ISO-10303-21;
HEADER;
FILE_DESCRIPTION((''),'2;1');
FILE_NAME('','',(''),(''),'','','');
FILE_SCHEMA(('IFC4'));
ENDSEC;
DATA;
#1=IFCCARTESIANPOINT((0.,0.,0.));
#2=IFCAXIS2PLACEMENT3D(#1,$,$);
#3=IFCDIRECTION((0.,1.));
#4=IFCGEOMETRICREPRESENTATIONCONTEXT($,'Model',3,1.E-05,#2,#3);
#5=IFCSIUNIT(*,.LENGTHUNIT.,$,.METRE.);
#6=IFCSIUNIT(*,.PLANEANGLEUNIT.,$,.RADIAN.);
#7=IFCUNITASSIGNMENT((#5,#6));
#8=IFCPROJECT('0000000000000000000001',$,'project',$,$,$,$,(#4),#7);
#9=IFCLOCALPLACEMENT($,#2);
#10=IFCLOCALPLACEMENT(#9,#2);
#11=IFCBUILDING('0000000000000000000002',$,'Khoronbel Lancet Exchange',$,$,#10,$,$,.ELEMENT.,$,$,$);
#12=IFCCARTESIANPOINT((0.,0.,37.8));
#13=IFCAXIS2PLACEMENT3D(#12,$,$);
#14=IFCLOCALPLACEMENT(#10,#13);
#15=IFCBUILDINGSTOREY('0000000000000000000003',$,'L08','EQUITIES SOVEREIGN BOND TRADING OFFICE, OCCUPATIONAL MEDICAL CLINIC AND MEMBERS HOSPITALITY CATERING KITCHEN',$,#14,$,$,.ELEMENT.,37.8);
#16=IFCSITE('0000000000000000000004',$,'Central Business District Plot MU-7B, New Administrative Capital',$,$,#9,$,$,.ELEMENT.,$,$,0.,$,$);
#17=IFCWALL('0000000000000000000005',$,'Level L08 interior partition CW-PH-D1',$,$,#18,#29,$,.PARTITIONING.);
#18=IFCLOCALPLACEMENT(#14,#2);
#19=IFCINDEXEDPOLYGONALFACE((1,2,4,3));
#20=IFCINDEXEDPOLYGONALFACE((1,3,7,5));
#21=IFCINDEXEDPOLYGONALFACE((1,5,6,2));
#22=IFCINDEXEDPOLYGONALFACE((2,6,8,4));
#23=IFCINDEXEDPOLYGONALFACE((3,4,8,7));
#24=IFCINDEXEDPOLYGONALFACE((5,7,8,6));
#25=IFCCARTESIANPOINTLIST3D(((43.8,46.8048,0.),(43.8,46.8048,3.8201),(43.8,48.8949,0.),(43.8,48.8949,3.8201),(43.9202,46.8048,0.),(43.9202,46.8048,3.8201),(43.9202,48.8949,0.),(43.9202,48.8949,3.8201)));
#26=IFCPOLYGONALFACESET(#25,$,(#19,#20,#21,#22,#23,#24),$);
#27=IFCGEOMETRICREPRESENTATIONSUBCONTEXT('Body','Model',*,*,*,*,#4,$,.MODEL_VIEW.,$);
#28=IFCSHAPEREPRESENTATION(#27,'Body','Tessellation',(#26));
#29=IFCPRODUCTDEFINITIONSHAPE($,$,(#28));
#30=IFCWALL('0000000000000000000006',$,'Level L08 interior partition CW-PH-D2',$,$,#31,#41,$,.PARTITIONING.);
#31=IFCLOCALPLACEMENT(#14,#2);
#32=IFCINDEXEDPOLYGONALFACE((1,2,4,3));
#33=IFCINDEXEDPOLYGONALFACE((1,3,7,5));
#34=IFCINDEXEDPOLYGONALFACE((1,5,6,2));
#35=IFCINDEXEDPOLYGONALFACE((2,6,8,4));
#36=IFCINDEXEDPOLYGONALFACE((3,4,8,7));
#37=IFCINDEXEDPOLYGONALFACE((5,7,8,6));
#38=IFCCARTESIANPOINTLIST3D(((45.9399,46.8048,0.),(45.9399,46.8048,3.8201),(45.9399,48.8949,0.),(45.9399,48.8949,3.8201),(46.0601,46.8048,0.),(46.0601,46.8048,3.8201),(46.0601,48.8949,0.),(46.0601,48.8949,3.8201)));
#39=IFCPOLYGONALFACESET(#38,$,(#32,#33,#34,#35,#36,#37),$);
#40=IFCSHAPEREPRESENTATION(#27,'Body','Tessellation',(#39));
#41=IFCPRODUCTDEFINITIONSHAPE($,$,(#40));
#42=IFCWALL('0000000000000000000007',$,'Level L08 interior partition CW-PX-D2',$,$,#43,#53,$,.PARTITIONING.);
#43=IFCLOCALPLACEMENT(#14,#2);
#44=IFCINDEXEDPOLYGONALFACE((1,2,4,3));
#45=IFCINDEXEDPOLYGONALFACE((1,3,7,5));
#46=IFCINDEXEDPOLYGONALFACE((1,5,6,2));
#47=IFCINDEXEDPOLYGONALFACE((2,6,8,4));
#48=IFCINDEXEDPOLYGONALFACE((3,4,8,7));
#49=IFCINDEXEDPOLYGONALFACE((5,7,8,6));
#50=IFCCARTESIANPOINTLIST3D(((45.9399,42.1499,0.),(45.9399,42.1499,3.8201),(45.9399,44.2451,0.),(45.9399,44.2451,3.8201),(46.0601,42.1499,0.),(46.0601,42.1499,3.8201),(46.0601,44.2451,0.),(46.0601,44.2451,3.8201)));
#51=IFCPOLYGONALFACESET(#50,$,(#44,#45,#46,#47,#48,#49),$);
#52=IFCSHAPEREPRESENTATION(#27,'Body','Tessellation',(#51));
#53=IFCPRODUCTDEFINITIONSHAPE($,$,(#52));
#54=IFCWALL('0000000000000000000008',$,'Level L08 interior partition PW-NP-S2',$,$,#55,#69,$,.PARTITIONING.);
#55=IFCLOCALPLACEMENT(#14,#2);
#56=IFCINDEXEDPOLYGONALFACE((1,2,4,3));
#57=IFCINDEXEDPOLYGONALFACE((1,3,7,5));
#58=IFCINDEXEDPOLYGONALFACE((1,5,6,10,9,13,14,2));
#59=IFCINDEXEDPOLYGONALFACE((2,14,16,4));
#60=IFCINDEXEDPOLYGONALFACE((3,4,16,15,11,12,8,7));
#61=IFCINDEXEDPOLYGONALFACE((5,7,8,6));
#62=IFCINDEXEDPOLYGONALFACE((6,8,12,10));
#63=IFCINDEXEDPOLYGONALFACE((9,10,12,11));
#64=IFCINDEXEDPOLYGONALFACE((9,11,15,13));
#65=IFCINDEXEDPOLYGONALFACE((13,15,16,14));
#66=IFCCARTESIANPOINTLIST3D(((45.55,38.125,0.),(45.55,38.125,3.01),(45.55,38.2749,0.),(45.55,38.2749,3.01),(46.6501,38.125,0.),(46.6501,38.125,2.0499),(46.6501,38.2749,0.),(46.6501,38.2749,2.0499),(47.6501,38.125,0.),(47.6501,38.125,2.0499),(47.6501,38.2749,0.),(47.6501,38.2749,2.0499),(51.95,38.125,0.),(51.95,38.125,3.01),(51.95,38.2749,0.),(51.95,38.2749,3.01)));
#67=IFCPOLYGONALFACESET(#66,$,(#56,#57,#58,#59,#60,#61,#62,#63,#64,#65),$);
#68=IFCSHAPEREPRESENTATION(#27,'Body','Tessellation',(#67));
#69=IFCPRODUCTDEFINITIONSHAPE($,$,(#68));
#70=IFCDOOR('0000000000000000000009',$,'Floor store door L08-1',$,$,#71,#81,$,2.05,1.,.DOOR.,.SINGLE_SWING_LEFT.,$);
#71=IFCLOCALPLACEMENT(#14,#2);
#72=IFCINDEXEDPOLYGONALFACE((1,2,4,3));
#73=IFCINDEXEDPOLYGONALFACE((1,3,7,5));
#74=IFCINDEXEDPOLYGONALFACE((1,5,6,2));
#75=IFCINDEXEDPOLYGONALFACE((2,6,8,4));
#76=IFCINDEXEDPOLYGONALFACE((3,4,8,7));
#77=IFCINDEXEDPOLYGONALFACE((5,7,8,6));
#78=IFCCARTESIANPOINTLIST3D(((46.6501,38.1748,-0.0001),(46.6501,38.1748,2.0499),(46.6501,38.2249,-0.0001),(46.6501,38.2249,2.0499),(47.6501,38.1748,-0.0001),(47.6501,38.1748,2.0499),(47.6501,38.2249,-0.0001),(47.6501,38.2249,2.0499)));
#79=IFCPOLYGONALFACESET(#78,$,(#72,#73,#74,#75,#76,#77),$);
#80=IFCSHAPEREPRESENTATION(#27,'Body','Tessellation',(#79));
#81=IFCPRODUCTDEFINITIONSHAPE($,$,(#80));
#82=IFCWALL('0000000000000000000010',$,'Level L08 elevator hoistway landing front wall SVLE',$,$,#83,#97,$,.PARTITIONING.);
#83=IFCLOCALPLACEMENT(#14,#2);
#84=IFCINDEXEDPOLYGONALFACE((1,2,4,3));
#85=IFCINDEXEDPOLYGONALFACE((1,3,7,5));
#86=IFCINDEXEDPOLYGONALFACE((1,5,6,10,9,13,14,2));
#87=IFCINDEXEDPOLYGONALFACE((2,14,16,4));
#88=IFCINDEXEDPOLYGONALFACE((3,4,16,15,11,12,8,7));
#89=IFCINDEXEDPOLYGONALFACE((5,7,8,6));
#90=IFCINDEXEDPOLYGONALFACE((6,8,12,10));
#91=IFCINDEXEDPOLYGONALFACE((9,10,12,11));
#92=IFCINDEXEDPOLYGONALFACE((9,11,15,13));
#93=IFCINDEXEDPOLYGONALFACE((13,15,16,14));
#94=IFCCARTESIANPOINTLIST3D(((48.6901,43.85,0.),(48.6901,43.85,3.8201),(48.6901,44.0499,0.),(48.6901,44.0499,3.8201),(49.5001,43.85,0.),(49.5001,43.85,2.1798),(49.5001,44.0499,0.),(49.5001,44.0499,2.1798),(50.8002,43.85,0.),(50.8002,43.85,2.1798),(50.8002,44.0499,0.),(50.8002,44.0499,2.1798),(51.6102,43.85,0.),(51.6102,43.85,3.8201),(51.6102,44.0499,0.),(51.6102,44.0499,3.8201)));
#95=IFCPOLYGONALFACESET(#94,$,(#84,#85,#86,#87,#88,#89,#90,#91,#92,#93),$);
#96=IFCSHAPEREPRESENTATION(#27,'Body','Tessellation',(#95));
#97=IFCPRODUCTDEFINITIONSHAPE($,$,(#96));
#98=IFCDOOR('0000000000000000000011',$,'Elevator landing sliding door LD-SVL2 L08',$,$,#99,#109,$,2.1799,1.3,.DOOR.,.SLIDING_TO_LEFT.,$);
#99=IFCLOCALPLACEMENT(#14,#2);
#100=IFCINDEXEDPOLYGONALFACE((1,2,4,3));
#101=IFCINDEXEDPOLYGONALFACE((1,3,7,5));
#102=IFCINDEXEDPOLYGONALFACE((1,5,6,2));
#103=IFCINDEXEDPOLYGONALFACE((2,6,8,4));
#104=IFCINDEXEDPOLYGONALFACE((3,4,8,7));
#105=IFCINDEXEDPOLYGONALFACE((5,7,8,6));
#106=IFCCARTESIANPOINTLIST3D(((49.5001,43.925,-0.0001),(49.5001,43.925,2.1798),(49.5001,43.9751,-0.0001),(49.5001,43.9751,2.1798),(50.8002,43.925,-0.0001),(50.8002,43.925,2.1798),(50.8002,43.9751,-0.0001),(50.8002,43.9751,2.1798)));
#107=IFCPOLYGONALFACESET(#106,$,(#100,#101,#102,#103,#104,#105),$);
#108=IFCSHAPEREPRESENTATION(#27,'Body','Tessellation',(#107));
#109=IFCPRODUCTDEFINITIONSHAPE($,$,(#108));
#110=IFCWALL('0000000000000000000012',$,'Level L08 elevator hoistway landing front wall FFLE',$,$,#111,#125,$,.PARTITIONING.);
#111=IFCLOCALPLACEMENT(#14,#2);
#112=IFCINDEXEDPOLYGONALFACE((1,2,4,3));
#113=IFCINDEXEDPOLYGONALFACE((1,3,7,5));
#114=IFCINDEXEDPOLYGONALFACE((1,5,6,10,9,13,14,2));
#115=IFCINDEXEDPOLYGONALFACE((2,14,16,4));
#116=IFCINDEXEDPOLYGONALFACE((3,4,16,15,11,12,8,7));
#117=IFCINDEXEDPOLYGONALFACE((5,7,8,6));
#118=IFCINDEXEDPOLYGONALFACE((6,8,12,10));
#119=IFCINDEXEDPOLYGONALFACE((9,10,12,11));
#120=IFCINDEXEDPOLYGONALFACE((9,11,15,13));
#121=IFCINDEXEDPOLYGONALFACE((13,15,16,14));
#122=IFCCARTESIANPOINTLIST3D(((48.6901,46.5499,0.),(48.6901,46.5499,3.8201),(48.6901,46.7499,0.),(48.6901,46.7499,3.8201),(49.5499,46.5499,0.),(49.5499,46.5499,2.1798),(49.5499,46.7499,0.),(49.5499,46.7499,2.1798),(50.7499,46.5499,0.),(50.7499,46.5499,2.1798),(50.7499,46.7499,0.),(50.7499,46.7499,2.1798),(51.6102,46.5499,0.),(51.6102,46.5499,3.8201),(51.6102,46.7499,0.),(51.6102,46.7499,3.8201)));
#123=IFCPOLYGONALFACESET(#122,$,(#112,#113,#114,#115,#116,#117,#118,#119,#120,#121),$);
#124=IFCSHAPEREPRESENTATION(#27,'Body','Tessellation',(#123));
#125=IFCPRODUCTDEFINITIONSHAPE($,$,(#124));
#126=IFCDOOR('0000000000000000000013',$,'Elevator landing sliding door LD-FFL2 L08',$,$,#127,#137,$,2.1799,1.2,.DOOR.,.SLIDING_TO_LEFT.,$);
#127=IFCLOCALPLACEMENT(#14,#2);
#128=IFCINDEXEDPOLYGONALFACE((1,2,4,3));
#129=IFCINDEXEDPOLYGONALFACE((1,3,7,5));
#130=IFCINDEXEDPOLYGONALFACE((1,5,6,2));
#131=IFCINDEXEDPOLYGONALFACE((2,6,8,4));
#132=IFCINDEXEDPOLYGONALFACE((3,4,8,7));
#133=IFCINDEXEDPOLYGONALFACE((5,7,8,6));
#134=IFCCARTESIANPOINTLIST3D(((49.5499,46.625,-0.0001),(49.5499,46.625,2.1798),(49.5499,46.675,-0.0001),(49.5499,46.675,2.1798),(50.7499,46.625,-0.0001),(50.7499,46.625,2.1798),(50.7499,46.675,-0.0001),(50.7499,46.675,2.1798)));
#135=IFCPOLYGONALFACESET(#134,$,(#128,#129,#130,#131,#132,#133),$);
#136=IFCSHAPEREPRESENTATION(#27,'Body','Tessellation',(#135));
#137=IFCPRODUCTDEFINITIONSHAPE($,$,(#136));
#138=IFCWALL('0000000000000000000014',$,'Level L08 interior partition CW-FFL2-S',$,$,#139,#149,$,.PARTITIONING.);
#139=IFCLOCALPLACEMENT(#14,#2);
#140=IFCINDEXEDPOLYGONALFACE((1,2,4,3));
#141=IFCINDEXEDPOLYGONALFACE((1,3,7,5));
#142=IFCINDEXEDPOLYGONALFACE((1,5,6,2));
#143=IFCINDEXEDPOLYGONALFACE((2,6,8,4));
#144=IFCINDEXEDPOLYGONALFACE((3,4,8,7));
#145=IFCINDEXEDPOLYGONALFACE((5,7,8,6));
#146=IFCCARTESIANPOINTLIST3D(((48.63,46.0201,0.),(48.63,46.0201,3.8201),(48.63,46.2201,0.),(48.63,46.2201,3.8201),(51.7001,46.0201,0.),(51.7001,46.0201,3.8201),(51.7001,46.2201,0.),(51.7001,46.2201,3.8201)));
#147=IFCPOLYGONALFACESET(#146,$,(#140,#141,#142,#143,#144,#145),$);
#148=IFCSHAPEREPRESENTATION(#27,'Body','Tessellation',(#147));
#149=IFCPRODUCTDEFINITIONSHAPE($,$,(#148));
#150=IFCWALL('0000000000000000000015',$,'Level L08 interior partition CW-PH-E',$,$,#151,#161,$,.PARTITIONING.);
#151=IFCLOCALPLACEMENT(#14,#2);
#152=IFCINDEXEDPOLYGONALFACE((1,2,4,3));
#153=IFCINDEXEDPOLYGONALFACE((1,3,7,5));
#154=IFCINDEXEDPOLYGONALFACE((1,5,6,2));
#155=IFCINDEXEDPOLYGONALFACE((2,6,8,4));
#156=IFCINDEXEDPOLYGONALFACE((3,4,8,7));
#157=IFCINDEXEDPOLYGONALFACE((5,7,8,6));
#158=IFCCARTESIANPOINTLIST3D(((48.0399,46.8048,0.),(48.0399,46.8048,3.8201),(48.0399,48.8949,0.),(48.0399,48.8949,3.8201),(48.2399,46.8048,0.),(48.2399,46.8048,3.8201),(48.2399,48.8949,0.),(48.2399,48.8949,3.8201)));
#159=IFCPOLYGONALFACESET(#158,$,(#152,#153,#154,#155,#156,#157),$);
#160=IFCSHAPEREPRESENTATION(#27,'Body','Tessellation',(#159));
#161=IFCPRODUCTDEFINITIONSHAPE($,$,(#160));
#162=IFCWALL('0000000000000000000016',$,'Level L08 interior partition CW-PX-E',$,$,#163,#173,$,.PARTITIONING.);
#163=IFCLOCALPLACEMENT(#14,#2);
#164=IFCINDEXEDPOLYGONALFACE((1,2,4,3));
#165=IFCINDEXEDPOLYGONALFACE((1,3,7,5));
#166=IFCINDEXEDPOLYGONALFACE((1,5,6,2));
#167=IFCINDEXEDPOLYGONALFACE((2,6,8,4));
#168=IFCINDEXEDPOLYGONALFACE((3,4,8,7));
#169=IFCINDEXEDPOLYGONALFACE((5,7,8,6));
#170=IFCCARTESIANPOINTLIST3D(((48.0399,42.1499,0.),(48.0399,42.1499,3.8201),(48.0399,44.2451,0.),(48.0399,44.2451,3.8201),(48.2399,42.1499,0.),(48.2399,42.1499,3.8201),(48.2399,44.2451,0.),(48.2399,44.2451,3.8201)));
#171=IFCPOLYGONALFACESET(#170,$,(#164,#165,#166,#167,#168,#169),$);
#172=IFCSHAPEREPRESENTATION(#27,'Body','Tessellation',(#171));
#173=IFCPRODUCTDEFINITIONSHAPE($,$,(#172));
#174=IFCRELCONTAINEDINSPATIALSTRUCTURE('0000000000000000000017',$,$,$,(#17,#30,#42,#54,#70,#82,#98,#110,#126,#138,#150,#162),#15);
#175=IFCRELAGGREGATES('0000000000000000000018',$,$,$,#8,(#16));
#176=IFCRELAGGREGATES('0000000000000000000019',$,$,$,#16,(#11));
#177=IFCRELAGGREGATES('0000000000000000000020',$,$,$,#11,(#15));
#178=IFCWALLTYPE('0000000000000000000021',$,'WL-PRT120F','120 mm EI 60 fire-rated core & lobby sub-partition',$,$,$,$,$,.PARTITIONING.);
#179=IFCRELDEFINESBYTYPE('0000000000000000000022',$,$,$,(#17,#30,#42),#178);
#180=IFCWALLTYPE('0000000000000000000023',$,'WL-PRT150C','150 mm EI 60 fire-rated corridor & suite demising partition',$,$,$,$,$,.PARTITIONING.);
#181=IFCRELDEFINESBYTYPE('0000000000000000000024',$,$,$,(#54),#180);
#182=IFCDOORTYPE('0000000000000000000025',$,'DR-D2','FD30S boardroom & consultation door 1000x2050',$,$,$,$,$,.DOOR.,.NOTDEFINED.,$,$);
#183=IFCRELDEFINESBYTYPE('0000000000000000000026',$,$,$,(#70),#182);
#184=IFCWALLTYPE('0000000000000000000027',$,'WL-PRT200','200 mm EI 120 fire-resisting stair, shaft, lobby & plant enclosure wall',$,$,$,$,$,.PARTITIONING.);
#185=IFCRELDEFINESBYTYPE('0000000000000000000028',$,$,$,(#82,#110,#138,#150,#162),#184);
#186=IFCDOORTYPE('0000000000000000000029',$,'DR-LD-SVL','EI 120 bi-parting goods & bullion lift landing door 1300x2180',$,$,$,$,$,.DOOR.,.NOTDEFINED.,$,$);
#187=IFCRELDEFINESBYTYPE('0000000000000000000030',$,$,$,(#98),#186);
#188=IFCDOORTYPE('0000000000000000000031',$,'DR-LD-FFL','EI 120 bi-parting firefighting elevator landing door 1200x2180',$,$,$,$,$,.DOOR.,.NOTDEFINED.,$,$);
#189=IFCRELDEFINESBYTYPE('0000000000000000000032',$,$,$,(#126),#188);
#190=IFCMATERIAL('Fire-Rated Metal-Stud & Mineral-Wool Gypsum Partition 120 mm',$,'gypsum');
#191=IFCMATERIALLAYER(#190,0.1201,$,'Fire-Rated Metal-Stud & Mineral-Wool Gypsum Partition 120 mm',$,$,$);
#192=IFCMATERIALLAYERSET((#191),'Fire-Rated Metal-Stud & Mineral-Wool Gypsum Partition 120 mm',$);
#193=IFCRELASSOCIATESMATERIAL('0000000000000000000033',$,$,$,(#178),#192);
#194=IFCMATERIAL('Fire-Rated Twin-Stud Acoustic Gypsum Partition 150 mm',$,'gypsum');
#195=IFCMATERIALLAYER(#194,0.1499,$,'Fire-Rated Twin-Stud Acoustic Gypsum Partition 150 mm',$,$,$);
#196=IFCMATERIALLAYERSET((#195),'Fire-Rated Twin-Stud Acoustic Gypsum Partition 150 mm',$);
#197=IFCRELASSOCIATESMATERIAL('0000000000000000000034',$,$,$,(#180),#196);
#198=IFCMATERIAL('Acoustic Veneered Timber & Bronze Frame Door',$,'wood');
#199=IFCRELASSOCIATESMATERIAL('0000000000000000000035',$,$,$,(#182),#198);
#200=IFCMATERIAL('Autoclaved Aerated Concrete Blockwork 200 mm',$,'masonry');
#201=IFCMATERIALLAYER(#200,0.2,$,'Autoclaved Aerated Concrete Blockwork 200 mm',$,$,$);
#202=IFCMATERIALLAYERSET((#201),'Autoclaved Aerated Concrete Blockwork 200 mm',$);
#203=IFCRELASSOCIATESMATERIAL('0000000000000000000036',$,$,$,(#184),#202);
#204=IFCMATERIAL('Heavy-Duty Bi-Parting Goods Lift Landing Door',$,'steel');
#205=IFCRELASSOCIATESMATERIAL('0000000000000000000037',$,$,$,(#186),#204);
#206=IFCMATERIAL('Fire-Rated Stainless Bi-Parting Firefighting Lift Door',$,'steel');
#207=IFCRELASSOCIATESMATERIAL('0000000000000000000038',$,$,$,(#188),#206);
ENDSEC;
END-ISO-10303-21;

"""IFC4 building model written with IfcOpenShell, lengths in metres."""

from ifc_helpers import new_model, si_unit, direction, frame, frame_2d, origin, place, context, subcontext, project, spatial, rectangle, extrude, material, layer, layer_set, type_object, element, fill, save


model = new_model("IFC4")

# Units and contexts
model_context = context("Model", 3, precision=1e-05, world=origin(), true_north=direction((0.0, 1.0)))
body_context = subcontext(model_context, "Body", "Model", "MODEL_VIEW")
ifc_project = project(units=[si_unit("LENGTHUNIT", "METRE"), si_unit("PLANEANGLEUNIT", "RADIAN")], contexts=[model_context])

# Site, building, storey
site_placement = place(None, origin())
site = spatial("IfcSite", under=ifc_project, at=site_placement, Name="Central Business District Plot MU-7B, New Administrative Capital", CompositionType="ELEMENT", RefElevation=0.0)
building_placement = place(site_placement, origin())
building = spatial("IfcBuilding", under=site, at=building_placement, Name="Khoronbel Lancet Exchange", CompositionType="ELEMENT")
storey_placement = place(building_placement, frame((0.0, 0.0, 37.8)))
storey = spatial("IfcBuildingStorey", under=building, at=storey_placement, Name="L08", Description="EQUITIES SOVEREIGN BOND TRADING OFFICE, OCCUPATIONAL MEDICAL CLINIC AND MEMBERS HOSPITALITY CATERING KITCHEN", CompositionType="ELEMENT", Elevation=37.8)

# Walls
ifc_material_1 = material(Name="Fire-Rated Metal-Stud & Mineral-Wool Gypsum Partition 120 mm", Category="gypsum")
ifc_layer_1 = layer(ifc_material_1, 0.1201, Name="Fire-Rated Metal-Stud & Mineral-Wool Gypsum Partition 120 mm")
ifc_layer_set_1 = layer_set([ifc_layer_1], Name="Fire-Rated Metal-Stud & Mineral-Wool Gypsum Partition 120 mm")
wall_type_1 = type_object("IfcWallType", Name="WL-PRT120F", Description="120 mm EI 60 fire-rated core & lobby sub-partition", PredefinedType="PARTITIONING", material=ifc_layer_set_1)
for number, where, z_axis, x_axis, name in (
    (1, (43.8601, 46.8049, 0.0), (0.0, 0.0, 1.0), (0.0, 1.0, 0.0), "Level L08 interior partition CW-PH-D1"),
    (2, (46.0, 46.8049, 0.0), (0.0, 0.0, 1.0), (0.0, 1.0, 0.0), "Level L08 interior partition CW-PH-D2"),
):
    element("IfcWall", number, at=place(storey_placement, frame(where, z_axis=z_axis, x_axis=x_axis)), inside=storey, type_object=wall_type_1, Name=name, PredefinedType="PARTITIONING", context=body_context, shape_type="SweptSolid", body=[
        extrude(rectangle(XDim=2.0901, YDim=0.1201, at=frame_2d((1.0449, 0.0))), origin(), (0.0, 0.0, 1.0), 3.8201),
    ])
wall_1_placement = place(storey_placement, frame((46.0, 42.1499, 0.0), z_axis=(0.0, 0.0, 1.0), x_axis=(0.0, 1.0, 0.0)))
element("IfcWall", 3, at=wall_1_placement, inside=storey, type_object=wall_type_1, Name="Level L08 interior partition CW-PX-D2", PredefinedType="PARTITIONING", context=body_context, shape_type="SweptSolid", body=[
    extrude(rectangle(XDim=2.0952, YDim=0.1201, at=frame_2d((1.0476, 0.0))), origin(), (0.0, 0.0, 1.0), 3.8201),
])

# Walls, openings, doors
ifc_material_2 = material(Name="Fire-Rated Twin-Stud Acoustic Gypsum Partition 150 mm", Category="gypsum")
ifc_layer_2 = layer(ifc_material_2, 0.1499, Name="Fire-Rated Twin-Stud Acoustic Gypsum Partition 150 mm")
ifc_layer_set_2 = layer_set([ifc_layer_2], Name="Fire-Rated Twin-Stud Acoustic Gypsum Partition 150 mm")
wall_type_2 = type_object("IfcWallType", Name="WL-PRT150C", Description="150 mm EI 60 fire-rated corridor & suite demising partition", PredefinedType="PARTITIONING", material=ifc_layer_set_2)
wall_2_placement = place(storey_placement, frame((45.55, 38.2, 0.0), z_axis=(0.0, 0.0, 1.0), x_axis=(1.0, 0.0, 0.0)))
wall_2 = element("IfcWall", 4, at=wall_2_placement, inside=storey, type_object=wall_type_2, Name="Level L08 interior partition PW-NP-S2", PredefinedType="PARTITIONING", context=body_context, shape_type="SweptSolid", body=[
    extrude(rectangle(XDim=6.3999, YDim=0.1499, at=frame_2d((3.2, 0.0))), origin(), (0.0, 0.0, 1.0), 3.01),
])
opening_1_placement = place(wall_2_placement, frame((1.1001, 0.0, 0.0)))
opening_1 = element("IfcOpeningElement", 5, at=opening_1_placement, cuts=wall_2, PredefinedType="OPENING", context=body_context, shape_type="SweptSolid", body=[
    extrude(rectangle(XDim=1.0, YDim=2.05, at=frame_2d((0.5, 1.0249))), frame((0.0, 0.085, 0.0), z_axis=(0.0, -1.0, 0.0), x_axis=(1.0, 0.0, 0.0)), (0.0, 0.0, 1.0), 0.1699),
])
ifc_material_3 = material(Name="Acoustic Veneered Timber & Bronze Frame Door", Category="wood")
door_type_1 = type_object("IfcDoorType", Name="DR-D2", Description="FD30S boardroom & consultation door 1000x2050", OperationType="NOTDEFINED", PredefinedType="DOOR", material=ifc_material_3)
door_1_placement = place(opening_1_placement, origin())
door_1 = element("IfcDoor", 6, at=door_1_placement, inside=storey, type_object=door_type_1, Name="Floor store door L08-1", OperationType="SINGLE_SWING_LEFT", OverallHeight=2.05, OverallWidth=1.0, PredefinedType="DOOR", context=body_context, shape_type="SweptSolid", body=[
    extrude(rectangle(XDim=1.0, YDim=2.05, at=frame_2d((0.5, 1.0249))), frame((0.0, 0.0249, 0.0), z_axis=(0.0, -1.0, 0.0), x_axis=(1.0, 0.0, 0.0)), (0.0, 0.0, 1.0), 0.05),
])
fill(opening_1, door_1)
ifc_material_4 = material(Name="Autoclaved Aerated Concrete Blockwork 200 mm", Category="masonry")
ifc_layer_3 = layer(ifc_material_4, 0.2, Name="Autoclaved Aerated Concrete Blockwork 200 mm")
ifc_layer_set_3 = layer_set([ifc_layer_3], Name="Autoclaved Aerated Concrete Blockwork 200 mm")
wall_type_3 = type_object("IfcWallType", Name="WL-PRT200", Description="200 mm EI 120 fire-resisting stair, shaft, lobby & plant enclosure wall", PredefinedType="PARTITIONING", material=ifc_layer_set_3)
wall_3_placement = place(storey_placement, frame((51.6101, 43.95, 0.0), z_axis=(0.0, 0.0, 1.0), x_axis=(-1.0, 0.0, 0.0)))
wall_3 = element("IfcWall", 7, at=wall_3_placement, inside=storey, type_object=wall_type_3, Name="Level L08 elevator hoistway landing front wall SVLE", PredefinedType="PARTITIONING", context=body_context, shape_type="SweptSolid", body=[
    extrude(rectangle(XDim=2.9202, YDim=0.2, at=frame_2d((1.46, 0.0))), origin(), (0.0, 0.0, 1.0), 3.8201),
])
opening_2_placement = place(wall_3_placement, frame((0.8101, 0.0, 0.0)))
opening_2 = element("IfcOpeningElement", 8, at=opening_2_placement, cuts=wall_3, PredefinedType="OPENING", context=body_context, shape_type="SweptSolid", body=[
    extrude(rectangle(XDim=1.3, YDim=2.1799, at=frame_2d((0.6499, 1.0898))), frame((0.0, 0.1099, 0.0), z_axis=(0.0, -1.0, 0.0), x_axis=(1.0, 0.0, 0.0)), (0.0, 0.0, 1.0), 0.22),
])
ifc_material_5 = material(Name="Heavy-Duty Bi-Parting Goods Lift Landing Door", Category="steel")
door_type_2 = type_object("IfcDoorType", Name="DR-LD-SVL", Description="EI 120 bi-parting goods & bullion lift landing door 1300x2180", OperationType="NOTDEFINED", PredefinedType="DOOR", material=ifc_material_5)
door_2_placement = place(opening_2_placement, origin())
door_2 = element("IfcDoor", 9, at=door_2_placement, inside=storey, type_object=door_type_2, Name="Elevator landing sliding door LD-SVL2 L08", OperationType="SLIDING_TO_LEFT", OverallHeight=2.1799, OverallWidth=1.3, PredefinedType="DOOR", context=body_context, shape_type="SweptSolid", body=[
    extrude(rectangle(XDim=1.3, YDim=2.1799, at=frame_2d((0.6499, 1.0898))), frame((0.0, 0.0249, 0.0), z_axis=(0.0, -1.0, 0.0), x_axis=(1.0, 0.0, 0.0)), (0.0, 0.0, 1.0), 0.05),
])
fill(opening_2, door_2)
wall_4_placement = place(storey_placement, frame((51.6101, 46.6499, 0.0), z_axis=(0.0, 0.0, 1.0), x_axis=(-1.0, 0.0, 0.0)))
wall_4 = element("IfcWall", 10, at=wall_4_placement, inside=storey, type_object=wall_type_3, Name="Level L08 elevator hoistway landing front wall FFLE", PredefinedType="PARTITIONING", context=body_context, shape_type="SweptSolid", body=[
    extrude(rectangle(XDim=2.9202, YDim=0.2, at=frame_2d((1.46, 0.0))), origin(), (0.0, 0.0, 1.0), 3.8201),
])
opening_3_placement = place(wall_4_placement, frame((0.8601, 0.0, 0.0)))
opening_3 = element("IfcOpeningElement", 11, at=opening_3_placement, cuts=wall_4, PredefinedType="OPENING", context=body_context, shape_type="SweptSolid", body=[
    extrude(rectangle(XDim=1.2, YDim=2.1799, at=frame_2d((0.6001, 1.0898))), frame((0.0, 0.1099, 0.0), z_axis=(0.0, -1.0, 0.0), x_axis=(1.0, 0.0, 0.0)), (0.0, 0.0, 1.0), 0.22),
])
ifc_material_6 = material(Name="Fire-Rated Stainless Bi-Parting Firefighting Lift Door", Category="steel")
door_type_3 = type_object("IfcDoorType", Name="DR-LD-FFL", Description="EI 120 bi-parting firefighting elevator landing door 1200x2180", OperationType="NOTDEFINED", PredefinedType="DOOR", material=ifc_material_6)
door_3_placement = place(opening_3_placement, origin())
door_3 = element("IfcDoor", 12, at=door_3_placement, inside=storey, type_object=door_type_3, Name="Elevator landing sliding door LD-FFL2 L08", OperationType="SLIDING_TO_LEFT", OverallHeight=2.1799, OverallWidth=1.2, PredefinedType="DOOR", context=body_context, shape_type="SweptSolid", body=[
    extrude(rectangle(XDim=1.2, YDim=2.1799, at=frame_2d((0.6001, 1.0898))), frame((0.0, 0.0249, 0.0), z_axis=(0.0, -1.0, 0.0), x_axis=(1.0, 0.0, 0.0)), (0.0, 0.0, 1.0), 0.05),
])
fill(opening_3, door_3)

# Walls
wall_5_placement = place(storey_placement, frame((48.6299, 46.1201, 0.0), z_axis=(0.0, 0.0, 1.0), x_axis=(1.0, 0.0, 0.0)))
element("IfcWall", 13, at=wall_5_placement, inside=storey, type_object=wall_type_3, Name="Level L08 interior partition CW-FFL2-S", PredefinedType="PARTITIONING", context=body_context, shape_type="SweptSolid", body=[
    extrude(rectangle(XDim=3.0701, YDim=0.2, at=frame_2d((1.5352, 0.0))), origin(), (0.0, 0.0, 1.0), 3.8201),
])
wall_6_placement = place(storey_placement, frame((48.1399, 46.8049, 0.0), z_axis=(0.0, 0.0, 1.0), x_axis=(0.0, 1.0, 0.0)))
element("IfcWall", 14, at=wall_6_placement, inside=storey, type_object=wall_type_3, Name="Level L08 interior partition CW-PH-E", PredefinedType="PARTITIONING", context=body_context, shape_type="SweptSolid", body=[
    extrude(rectangle(XDim=2.0901, YDim=0.2, at=frame_2d((1.0449, 0.0))), origin(), (0.0, 0.0, 1.0), 3.8201),
])
wall_7_placement = place(storey_placement, frame((48.1399, 42.1499, 0.0), z_axis=(0.0, 0.0, 1.0), x_axis=(0.0, 1.0, 0.0)))
element("IfcWall", 15, at=wall_7_placement, inside=storey, type_object=wall_type_3, Name="Level L08 interior partition CW-PX-E", PredefinedType="PARTITIONING", context=body_context, shape_type="SweptSolid", body=[
    extrude(rectangle(XDim=2.0952, YDim=0.2, at=frame_2d((1.0476, 0.0))), origin(), (0.0, 0.0, 1.0), 3.8201),
])

save(model, "model.ifc")
